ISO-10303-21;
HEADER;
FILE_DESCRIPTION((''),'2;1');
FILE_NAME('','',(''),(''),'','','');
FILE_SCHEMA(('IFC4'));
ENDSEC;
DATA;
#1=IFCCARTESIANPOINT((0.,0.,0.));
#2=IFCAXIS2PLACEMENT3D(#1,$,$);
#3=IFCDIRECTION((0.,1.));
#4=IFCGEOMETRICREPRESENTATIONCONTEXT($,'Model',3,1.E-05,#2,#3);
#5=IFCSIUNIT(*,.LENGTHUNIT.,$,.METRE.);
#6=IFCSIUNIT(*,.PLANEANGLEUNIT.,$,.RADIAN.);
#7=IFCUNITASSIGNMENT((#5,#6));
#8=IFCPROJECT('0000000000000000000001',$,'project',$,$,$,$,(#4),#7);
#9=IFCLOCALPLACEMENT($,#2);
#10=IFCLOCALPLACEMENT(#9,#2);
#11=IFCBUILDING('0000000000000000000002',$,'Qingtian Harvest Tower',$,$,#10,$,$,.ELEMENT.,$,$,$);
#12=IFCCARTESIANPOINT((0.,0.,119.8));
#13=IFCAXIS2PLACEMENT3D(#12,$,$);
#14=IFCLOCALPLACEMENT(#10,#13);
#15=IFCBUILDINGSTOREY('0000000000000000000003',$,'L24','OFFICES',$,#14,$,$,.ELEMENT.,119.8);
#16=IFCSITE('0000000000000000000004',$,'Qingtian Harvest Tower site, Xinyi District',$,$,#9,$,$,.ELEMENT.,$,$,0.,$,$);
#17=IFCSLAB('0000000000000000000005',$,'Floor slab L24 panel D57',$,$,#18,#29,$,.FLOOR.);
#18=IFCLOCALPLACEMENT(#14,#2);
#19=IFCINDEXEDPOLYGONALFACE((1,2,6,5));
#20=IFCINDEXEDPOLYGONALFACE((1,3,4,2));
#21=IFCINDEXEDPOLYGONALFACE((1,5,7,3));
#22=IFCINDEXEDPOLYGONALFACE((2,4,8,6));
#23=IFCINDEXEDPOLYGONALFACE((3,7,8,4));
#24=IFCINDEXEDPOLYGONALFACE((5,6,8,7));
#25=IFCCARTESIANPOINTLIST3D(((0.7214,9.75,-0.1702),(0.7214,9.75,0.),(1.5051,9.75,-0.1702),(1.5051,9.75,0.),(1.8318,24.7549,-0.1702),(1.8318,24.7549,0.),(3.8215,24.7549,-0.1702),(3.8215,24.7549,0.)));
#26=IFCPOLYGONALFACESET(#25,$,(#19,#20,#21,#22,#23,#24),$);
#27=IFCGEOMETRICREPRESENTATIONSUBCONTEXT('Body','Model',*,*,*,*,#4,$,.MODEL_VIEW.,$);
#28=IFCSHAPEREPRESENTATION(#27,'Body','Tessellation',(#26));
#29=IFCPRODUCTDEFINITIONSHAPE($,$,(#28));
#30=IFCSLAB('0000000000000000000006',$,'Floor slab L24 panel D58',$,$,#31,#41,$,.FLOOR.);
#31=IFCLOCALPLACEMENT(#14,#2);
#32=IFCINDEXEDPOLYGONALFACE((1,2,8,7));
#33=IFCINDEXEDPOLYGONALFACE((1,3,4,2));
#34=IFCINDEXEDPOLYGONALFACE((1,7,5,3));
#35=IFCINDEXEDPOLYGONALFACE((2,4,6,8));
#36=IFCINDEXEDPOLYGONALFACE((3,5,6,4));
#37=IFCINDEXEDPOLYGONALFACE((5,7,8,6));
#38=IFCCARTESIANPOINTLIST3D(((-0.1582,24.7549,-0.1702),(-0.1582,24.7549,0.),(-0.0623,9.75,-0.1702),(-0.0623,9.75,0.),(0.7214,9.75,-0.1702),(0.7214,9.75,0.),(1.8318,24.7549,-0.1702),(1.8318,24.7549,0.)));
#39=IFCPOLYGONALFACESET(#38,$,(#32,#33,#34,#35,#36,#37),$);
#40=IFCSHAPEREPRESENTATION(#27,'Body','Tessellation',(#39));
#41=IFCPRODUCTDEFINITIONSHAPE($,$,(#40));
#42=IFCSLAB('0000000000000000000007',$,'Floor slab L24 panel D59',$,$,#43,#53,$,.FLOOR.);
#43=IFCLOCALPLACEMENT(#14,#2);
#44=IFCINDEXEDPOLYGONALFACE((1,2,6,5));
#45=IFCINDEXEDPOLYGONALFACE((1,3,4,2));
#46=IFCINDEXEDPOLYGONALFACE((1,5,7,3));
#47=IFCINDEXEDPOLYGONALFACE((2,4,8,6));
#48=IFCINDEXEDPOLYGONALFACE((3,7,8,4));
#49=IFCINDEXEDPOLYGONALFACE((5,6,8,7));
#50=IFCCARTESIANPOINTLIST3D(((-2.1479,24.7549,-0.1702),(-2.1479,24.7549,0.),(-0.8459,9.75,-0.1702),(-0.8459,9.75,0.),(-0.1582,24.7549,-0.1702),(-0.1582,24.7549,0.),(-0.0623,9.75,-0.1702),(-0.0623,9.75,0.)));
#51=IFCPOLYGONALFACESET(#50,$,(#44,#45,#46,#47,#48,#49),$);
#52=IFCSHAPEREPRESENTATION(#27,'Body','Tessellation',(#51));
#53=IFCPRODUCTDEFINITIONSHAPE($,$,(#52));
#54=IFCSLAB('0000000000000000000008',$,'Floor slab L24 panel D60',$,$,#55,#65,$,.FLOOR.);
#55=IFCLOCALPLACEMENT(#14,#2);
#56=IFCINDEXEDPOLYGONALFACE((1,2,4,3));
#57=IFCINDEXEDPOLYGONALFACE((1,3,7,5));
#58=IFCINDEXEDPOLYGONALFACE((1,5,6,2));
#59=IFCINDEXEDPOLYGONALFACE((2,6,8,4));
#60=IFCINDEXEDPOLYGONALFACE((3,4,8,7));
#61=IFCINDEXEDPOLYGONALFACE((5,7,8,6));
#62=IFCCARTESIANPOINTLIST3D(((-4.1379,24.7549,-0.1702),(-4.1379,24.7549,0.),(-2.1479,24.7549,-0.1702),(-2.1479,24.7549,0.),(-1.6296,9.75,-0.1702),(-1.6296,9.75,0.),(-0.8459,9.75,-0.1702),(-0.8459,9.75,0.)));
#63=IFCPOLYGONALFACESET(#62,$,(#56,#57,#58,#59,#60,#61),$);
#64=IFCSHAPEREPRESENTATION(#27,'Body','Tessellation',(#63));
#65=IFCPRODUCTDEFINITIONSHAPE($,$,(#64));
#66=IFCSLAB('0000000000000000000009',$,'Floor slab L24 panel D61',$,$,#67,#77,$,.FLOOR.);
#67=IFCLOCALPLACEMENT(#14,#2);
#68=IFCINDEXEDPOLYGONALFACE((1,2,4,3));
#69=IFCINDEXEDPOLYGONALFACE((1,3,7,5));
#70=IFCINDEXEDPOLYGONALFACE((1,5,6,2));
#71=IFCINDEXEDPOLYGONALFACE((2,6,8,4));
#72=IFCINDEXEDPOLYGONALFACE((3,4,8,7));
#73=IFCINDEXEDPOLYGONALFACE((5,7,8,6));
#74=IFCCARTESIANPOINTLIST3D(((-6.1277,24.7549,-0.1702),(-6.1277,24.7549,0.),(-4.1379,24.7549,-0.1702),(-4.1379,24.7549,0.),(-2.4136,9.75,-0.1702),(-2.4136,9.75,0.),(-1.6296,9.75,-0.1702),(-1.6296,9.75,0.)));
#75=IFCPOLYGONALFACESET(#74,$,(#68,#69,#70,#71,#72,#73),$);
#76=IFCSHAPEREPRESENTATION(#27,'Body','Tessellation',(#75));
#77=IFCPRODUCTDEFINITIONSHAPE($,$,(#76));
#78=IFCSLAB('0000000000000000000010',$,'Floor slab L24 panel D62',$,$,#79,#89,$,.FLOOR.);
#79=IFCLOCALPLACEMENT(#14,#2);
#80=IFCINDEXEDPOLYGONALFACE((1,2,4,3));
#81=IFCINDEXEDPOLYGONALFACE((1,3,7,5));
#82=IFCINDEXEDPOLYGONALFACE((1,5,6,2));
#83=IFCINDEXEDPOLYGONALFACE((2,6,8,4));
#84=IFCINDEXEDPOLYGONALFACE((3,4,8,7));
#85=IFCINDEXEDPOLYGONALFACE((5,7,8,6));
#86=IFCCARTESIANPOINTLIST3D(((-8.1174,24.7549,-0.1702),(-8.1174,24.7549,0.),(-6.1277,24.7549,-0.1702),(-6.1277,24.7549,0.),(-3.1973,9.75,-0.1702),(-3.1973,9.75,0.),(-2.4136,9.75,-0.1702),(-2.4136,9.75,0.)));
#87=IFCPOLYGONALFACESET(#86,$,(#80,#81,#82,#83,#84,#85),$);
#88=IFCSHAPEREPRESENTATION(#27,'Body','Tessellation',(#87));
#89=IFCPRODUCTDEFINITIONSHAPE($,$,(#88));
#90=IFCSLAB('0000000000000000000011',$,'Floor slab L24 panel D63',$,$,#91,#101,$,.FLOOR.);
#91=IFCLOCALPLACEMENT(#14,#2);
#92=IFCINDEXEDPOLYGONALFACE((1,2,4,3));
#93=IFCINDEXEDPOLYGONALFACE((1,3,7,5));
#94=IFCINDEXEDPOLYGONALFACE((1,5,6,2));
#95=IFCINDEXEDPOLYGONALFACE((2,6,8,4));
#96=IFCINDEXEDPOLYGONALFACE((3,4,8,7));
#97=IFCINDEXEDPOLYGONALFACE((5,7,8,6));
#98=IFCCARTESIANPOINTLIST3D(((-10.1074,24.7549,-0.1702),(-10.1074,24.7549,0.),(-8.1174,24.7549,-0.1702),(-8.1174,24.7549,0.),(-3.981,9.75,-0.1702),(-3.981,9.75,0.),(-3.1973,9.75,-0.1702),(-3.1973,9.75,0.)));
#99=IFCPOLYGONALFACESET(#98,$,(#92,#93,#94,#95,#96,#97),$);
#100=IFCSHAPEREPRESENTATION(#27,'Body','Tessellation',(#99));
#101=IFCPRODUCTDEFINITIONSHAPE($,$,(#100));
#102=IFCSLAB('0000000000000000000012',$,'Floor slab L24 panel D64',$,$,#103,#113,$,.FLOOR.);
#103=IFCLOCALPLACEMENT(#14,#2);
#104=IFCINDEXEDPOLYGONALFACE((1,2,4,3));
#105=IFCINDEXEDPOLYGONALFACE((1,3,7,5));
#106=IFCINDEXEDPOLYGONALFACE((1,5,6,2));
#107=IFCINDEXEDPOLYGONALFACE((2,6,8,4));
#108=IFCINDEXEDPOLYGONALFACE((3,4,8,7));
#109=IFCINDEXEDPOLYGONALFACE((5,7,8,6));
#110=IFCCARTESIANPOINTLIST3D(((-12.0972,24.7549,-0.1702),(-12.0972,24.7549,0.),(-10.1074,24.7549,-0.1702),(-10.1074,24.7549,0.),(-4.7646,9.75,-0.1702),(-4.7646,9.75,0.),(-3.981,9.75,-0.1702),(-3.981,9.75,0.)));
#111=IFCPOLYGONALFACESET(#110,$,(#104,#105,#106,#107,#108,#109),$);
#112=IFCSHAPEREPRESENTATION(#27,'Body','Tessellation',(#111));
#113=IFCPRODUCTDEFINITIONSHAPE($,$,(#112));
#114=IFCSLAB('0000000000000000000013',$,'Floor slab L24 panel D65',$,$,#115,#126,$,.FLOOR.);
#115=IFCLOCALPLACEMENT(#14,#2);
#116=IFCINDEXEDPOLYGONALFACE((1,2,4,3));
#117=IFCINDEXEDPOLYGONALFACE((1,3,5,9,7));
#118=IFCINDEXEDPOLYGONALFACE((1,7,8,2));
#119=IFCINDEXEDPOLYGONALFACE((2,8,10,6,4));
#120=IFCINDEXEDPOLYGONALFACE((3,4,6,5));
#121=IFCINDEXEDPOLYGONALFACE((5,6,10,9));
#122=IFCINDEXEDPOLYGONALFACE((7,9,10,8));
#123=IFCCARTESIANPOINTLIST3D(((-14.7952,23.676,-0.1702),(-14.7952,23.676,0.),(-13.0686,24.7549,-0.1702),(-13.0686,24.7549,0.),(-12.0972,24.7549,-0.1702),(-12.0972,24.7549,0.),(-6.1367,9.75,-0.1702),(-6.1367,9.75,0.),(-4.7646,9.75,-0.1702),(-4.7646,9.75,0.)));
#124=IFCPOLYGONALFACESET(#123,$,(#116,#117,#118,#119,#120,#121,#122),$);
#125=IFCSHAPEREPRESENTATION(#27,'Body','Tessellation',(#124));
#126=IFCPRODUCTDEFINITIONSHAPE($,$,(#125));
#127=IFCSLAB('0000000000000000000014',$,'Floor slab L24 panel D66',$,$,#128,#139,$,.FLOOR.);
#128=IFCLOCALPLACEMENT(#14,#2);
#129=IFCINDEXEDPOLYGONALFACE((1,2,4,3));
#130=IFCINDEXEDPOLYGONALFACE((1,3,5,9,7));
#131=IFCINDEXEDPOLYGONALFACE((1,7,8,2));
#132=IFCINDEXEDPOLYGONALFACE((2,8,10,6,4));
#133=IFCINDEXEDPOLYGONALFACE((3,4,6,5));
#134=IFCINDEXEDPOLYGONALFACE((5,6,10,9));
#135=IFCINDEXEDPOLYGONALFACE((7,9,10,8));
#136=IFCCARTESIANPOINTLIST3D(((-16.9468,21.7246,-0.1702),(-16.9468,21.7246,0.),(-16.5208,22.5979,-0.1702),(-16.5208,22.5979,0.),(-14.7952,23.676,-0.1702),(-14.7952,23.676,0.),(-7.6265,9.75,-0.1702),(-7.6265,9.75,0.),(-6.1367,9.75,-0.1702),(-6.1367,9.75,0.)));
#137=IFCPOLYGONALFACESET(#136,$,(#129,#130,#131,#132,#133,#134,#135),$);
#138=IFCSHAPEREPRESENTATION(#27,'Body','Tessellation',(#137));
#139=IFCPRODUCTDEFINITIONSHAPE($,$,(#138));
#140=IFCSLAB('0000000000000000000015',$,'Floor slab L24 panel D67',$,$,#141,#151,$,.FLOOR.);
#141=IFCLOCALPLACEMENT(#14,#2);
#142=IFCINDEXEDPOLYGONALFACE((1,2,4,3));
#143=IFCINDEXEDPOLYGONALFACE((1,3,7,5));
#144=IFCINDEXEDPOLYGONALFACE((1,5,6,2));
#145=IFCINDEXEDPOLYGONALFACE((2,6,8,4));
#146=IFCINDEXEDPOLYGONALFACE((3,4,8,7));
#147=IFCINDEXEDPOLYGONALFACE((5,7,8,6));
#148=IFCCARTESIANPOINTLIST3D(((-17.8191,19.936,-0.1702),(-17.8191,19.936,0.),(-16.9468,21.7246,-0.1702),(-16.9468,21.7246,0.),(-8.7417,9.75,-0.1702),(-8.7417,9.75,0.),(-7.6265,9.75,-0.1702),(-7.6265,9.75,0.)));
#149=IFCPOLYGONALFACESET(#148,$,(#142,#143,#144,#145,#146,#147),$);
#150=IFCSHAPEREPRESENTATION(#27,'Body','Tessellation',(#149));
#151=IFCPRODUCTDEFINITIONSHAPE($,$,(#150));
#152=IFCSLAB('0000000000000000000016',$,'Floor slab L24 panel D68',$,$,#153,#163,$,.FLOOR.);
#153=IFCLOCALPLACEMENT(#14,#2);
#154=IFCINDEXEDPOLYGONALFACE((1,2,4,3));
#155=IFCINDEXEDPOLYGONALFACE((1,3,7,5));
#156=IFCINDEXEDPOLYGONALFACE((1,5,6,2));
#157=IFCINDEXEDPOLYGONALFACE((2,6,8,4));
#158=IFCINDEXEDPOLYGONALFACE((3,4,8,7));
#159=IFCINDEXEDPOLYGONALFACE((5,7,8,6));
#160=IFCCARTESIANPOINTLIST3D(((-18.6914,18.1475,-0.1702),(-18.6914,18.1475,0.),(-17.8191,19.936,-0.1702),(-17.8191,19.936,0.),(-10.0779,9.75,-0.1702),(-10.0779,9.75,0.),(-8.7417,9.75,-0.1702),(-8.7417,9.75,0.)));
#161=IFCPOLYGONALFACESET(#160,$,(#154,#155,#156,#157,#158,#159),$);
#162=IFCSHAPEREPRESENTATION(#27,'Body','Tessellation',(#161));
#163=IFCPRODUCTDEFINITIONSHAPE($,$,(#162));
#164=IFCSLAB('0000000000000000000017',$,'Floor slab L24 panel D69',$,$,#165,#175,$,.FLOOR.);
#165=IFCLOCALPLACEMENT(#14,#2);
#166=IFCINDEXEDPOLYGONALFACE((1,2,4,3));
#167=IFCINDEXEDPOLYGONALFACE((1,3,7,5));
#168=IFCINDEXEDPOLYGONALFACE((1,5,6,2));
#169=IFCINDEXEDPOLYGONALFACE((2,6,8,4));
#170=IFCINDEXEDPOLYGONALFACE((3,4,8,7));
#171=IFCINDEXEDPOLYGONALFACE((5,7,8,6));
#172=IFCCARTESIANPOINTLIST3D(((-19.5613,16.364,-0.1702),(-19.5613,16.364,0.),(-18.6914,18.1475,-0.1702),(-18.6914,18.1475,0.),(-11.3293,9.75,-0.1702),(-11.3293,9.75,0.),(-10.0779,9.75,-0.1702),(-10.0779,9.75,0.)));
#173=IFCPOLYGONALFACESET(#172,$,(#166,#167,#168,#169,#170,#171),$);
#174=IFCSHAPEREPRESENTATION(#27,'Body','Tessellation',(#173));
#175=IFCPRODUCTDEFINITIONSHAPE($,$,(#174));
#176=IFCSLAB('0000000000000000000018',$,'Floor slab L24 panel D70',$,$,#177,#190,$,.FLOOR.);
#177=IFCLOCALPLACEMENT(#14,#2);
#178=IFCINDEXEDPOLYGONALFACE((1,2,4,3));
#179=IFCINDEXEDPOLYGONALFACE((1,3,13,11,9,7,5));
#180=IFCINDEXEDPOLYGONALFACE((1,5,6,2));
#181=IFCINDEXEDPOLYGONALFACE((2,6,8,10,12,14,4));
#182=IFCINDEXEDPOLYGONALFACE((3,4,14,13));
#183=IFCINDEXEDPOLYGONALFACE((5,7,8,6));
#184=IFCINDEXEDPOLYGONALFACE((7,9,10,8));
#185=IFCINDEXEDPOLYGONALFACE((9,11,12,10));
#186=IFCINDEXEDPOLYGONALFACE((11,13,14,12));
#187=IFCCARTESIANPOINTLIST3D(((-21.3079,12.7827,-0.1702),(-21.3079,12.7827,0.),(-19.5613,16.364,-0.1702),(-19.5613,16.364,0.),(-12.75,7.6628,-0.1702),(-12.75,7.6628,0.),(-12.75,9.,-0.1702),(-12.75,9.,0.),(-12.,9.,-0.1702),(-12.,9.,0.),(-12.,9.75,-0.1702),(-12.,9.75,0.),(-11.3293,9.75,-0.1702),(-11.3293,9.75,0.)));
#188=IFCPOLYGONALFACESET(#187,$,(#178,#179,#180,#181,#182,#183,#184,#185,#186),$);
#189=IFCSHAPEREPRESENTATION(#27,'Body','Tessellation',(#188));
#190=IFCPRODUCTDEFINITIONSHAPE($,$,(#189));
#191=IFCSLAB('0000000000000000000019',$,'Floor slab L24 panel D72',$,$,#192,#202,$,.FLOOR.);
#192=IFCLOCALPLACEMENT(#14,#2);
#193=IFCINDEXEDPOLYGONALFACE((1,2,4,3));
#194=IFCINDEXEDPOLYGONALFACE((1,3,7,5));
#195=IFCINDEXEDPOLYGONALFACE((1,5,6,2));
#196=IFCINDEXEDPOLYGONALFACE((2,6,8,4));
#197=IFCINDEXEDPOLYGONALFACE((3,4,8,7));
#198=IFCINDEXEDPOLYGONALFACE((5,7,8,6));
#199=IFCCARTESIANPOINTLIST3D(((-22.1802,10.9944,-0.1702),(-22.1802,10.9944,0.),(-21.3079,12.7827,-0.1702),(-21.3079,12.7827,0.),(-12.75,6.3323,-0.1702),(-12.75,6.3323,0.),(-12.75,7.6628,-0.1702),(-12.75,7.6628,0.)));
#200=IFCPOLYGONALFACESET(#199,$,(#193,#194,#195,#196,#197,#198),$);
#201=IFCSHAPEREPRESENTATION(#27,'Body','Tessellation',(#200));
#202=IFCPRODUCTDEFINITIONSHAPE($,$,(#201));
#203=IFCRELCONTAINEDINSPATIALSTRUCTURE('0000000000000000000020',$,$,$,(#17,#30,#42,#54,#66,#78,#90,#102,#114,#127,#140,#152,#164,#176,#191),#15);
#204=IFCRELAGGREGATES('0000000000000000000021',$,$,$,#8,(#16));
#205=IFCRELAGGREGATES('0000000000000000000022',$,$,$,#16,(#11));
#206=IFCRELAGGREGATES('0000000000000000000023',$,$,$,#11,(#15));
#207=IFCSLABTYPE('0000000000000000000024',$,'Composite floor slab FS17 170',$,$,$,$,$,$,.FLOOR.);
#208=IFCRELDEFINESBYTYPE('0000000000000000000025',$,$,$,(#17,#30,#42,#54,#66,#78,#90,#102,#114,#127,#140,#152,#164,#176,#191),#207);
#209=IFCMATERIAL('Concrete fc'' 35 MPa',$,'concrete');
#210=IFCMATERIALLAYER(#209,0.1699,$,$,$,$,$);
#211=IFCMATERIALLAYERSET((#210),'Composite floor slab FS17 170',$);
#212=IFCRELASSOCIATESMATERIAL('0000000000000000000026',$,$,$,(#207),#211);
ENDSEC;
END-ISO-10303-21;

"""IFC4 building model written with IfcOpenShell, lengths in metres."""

from ifc_helpers import new_model, si_unit, direction, frame, origin, place, context, subcontext, project, spatial, polyline, outline, extrude, material, layer, layer_set, type_object, element, save


model = new_model("IFC4")

# Units and contexts
model_context = context("Model", 3, precision=1e-05, world=origin(), true_north=direction((0.0, 1.0)))
body_context = subcontext(model_context, "Body", "Model", "MODEL_VIEW")
ifc_project = project(units=[si_unit("LENGTHUNIT", "METRE"), si_unit("PLANEANGLEUNIT", "RADIAN")], contexts=[model_context])

# Site, building, storey
site_placement = place(None, origin())
site = spatial("IfcSite", under=ifc_project, at=site_placement, Name="Qingtian Harvest Tower site, Xinyi District", CompositionType="ELEMENT", RefElevation=0.0)
building_placement = place(site_placement, origin())
building = spatial("IfcBuilding", under=site, at=building_placement, Name="Qingtian Harvest Tower", CompositionType="ELEMENT")
storey_placement = place(building_placement, frame((0.0, 0.0, 119.8)))
storey = spatial("IfcBuildingStorey", under=building, at=storey_placement, Name="L24", Description="OFFICES", CompositionType="ELEMENT", Elevation=119.8)

# Slabs
ifc_material_1 = material(Name="Concrete fc' 35 MPa", Category="concrete")
ifc_layer_1 = layer(ifc_material_1, 0.1699)
ifc_layer_set_1 = layer_set([ifc_layer_1], Name="Composite floor slab FS17 170")
slab_type = type_object("IfcSlabType", Name="Composite floor slab FS17 170", PredefinedType="FLOOR", material=ifc_layer_set_1)
slab_1_placement = place(storey_placement, frame((0.0, 0.0, -0.1702)))
element("IfcSlab", 1, at=slab_1_placement, inside=storey, type_object=slab_type, Name="Floor slab L24 panel D57", PredefinedType="FLOOR", context=body_context, shape_type="SweptSolid", body=[
    extrude(outline(polyline([(0.7214, 9.75), (1.8318, 24.7549), (3.8215, 24.7549), (1.5051, 9.75), (0.7214, 9.75)])), origin(), (0.0, 0.0, 1.0), 0.1702),
])
slab_2_placement = place(storey_placement, frame((0.0, 0.0, -0.1702)))
element("IfcSlab", 2, at=slab_2_placement, inside=storey, type_object=slab_type, Name="Floor slab L24 panel D58", PredefinedType="FLOOR", context=body_context, shape_type="SweptSolid", body=[
    extrude(outline(polyline([(-0.0623, 9.75), (-0.1582, 24.7549), (1.8318, 24.7549), (0.7214, 9.75), (-0.0623, 9.75)])), origin(), (0.0, 0.0, 1.0), 0.1702),
])
slab_3_placement = place(storey_placement, frame((0.0, 0.0, -0.1702)))
element("IfcSlab", 3, at=slab_3_placement, inside=storey, type_object=slab_type, Name="Floor slab L24 panel D59", PredefinedType="FLOOR", context=body_context, shape_type="SweptSolid", body=[
    extrude(outline(polyline([(-0.8459, 9.75), (-2.1479, 24.7549), (-0.1582, 24.7549), (-0.0623, 9.75), (-0.8459, 9.75)])), origin(), (0.0, 0.0, 1.0), 0.1702),
])
slab_4_placement = place(storey_placement, frame((0.0, 0.0, -0.1702)))
element("IfcSlab", 4, at=slab_4_placement, inside=storey, type_object=slab_type, Name="Floor slab L24 panel D60", PredefinedType="FLOOR", context=body_context, shape_type="SweptSolid", body=[
    extrude(outline(polyline([(-1.6296, 9.75), (-4.1379, 24.7549), (-2.1479, 24.7549), (-0.8459, 9.75), (-1.6296, 9.75)])), origin(), (0.0, 0.0, 1.0), 0.1702),
])
slab_5_placement = place(storey_placement, frame((0.0, 0.0, -0.1702)))
element("IfcSlab", 5, at=slab_5_placement, inside=storey, type_object=slab_type, Name="Floor slab L24 panel D61", PredefinedType="FLOOR", context=body_context, shape_type="SweptSolid", body=[
    extrude(outline(polyline([(-2.4136, 9.75), (-6.1277, 24.7549), (-4.1379, 24.7549), (-1.6296, 9.75), (-2.4136, 9.75)])), origin(), (0.0, 0.0, 1.0), 0.1702),
])
slab_6_placement = place(storey_placement, frame((0.0, 0.0, -0.1702)))
element("IfcSlab", 6, at=slab_6_placement, inside=storey, type_object=slab_type, Name="Floor slab L24 panel D62", PredefinedType="FLOOR", context=body_context, shape_type="SweptSolid", body=[
    extrude(outline(polyline([(-3.1973, 9.75), (-8.1174, 24.7549), (-6.1277, 24.7549), (-2.4136, 9.75), (-3.1973, 9.75)])), origin(), (0.0, 0.0, 1.0), 0.1702),
])
slab_7_placement = place(storey_placement, frame((0.0, 0.0, -0.1702)))
element("IfcSlab", 7, at=slab_7_placement, inside=storey, type_object=slab_type, Name="Floor slab L24 panel D63", PredefinedType="FLOOR", context=body_context, shape_type="SweptSolid", body=[
    extrude(outline(polyline([(-3.981, 9.75), (-10.1074, 24.7549), (-8.1174, 24.7549), (-3.1973, 9.75), (-3.981, 9.75)])), origin(), (0.0, 0.0, 1.0), 0.1702),
])
slab_8_placement = place(storey_placement, frame((0.0, 0.0, -0.1702)))
element("IfcSlab", 8, at=slab_8_placement, inside=storey, type_object=slab_type, Name="Floor slab L24 panel D64", PredefinedType="FLOOR", context=body_context, shape_type="SweptSolid", body=[
    extrude(outline(polyline([(-4.7646, 9.75), (-12.0972, 24.7549), (-10.1074, 24.7549), (-3.981, 9.75), (-4.7646, 9.75)])), origin(), (0.0, 0.0, 1.0), 0.1702),
])
slab_9_placement = place(storey_placement, frame((0.0, 0.0, -0.1702)))
element("IfcSlab", 9, at=slab_9_placement, inside=storey, type_object=slab_type, Name="Floor slab L24 panel D65", PredefinedType="FLOOR", context=body_context, shape_type="SweptSolid", body=[
    extrude(outline(polyline([(-4.7646, 9.75), (-6.1367, 9.75), (-14.7952, 23.676), (-13.0686, 24.7549), (-12.0972, 24.7549), (-4.7646, 9.75)])), origin(), (0.0, 0.0, 1.0), 0.1702),
])
slab_10_placement = place(storey_placement, frame((0.0, 0.0, -0.1702)))
element("IfcSlab", 10, at=slab_10_placement, inside=storey, type_object=slab_type, Name="Floor slab L24 panel D66", PredefinedType="FLOOR", context=body_context, shape_type="SweptSolid", body=[
    extrude(outline(polyline([(-6.1367, 9.75), (-7.6265, 9.75), (-16.9468, 21.7246), (-16.5208, 22.5979), (-14.7952, 23.676), (-6.1367, 9.75)])), origin(), (0.0, 0.0, 1.0), 0.1702),
])
slab_11_placement = place(storey_placement, frame((0.0, 0.0, -0.1702)))
element("IfcSlab", 11, at=slab_11_placement, inside=storey, type_object=slab_type, Name="Floor slab L24 panel D67", PredefinedType="FLOOR", context=body_context, shape_type="SweptSolid", body=[
    extrude(outline(polyline([(-8.7417, 9.75), (-17.8191, 19.936), (-16.9468, 21.7246), (-7.6265, 9.75), (-8.7417, 9.75)])), origin(), (0.0, 0.0, 1.0), 0.1702),
])
slab_12_placement = place(storey_placement, frame((0.0, 0.0, -0.1702)))
element("IfcSlab", 12, at=slab_12_placement, inside=storey, type_object=slab_type, Name="Floor slab L24 panel D68", PredefinedType="FLOOR", context=body_context, shape_type="SweptSolid", body=[
    extrude(outline(polyline([(-10.0779, 9.75), (-18.6914, 18.1475), (-17.8191, 19.936), (-8.7417, 9.75), (-10.0779, 9.75)])), origin(), (0.0, 0.0, 1.0), 0.1702),
])
slab_13_placement = place(storey_placement, frame((0.0, 0.0, -0.1702)))
element("IfcSlab", 13, at=slab_13_placement, inside=storey, type_object=slab_type, Name="Floor slab L24 panel D69", PredefinedType="FLOOR", context=body_context, shape_type="SweptSolid", body=[
    extrude(outline(polyline([(-11.3293, 9.75), (-19.5613, 16.364), (-18.6914, 18.1475), (-10.0779, 9.75), (-11.3293, 9.75)])), origin(), (0.0, 0.0, 1.0), 0.1702),
])
slab_14_placement = place(storey_placement, frame((0.0, 0.0, -0.1702)))
element("IfcSlab", 14, at=slab_14_placement, inside=storey, type_object=slab_type, Name="Floor slab L24 panel D70", PredefinedType="FLOOR", context=body_context, shape_type="SweptSolid", body=[
    extrude(outline(polyline([(-12.0, 9.0), (-12.75, 9.0), (-12.75, 7.6628), (-21.3079, 12.7827), (-19.5613, 16.364), (-11.3293, 9.75), (-12.0, 9.75), (-12.0, 9.0)])), origin(), (0.0, 0.0, 1.0), 0.1702),
])
slab_15_placement = place(storey_placement, frame((0.0, 0.0, -0.1702)))
element("IfcSlab", 15, at=slab_15_placement, inside=storey, type_object=slab_type, Name="Floor slab L24 panel D72", PredefinedType="FLOOR", context=body_context, shape_type="SweptSolid", body=[
    extrude(outline(polyline([(-12.75, 6.3323), (-22.1802, 10.9944), (-21.3079, 12.7827), (-12.75, 7.6628), (-12.75, 6.3323)])), origin(), (0.0, 0.0, 1.0), 0.1702),
])

save(model, "model.ifc")
